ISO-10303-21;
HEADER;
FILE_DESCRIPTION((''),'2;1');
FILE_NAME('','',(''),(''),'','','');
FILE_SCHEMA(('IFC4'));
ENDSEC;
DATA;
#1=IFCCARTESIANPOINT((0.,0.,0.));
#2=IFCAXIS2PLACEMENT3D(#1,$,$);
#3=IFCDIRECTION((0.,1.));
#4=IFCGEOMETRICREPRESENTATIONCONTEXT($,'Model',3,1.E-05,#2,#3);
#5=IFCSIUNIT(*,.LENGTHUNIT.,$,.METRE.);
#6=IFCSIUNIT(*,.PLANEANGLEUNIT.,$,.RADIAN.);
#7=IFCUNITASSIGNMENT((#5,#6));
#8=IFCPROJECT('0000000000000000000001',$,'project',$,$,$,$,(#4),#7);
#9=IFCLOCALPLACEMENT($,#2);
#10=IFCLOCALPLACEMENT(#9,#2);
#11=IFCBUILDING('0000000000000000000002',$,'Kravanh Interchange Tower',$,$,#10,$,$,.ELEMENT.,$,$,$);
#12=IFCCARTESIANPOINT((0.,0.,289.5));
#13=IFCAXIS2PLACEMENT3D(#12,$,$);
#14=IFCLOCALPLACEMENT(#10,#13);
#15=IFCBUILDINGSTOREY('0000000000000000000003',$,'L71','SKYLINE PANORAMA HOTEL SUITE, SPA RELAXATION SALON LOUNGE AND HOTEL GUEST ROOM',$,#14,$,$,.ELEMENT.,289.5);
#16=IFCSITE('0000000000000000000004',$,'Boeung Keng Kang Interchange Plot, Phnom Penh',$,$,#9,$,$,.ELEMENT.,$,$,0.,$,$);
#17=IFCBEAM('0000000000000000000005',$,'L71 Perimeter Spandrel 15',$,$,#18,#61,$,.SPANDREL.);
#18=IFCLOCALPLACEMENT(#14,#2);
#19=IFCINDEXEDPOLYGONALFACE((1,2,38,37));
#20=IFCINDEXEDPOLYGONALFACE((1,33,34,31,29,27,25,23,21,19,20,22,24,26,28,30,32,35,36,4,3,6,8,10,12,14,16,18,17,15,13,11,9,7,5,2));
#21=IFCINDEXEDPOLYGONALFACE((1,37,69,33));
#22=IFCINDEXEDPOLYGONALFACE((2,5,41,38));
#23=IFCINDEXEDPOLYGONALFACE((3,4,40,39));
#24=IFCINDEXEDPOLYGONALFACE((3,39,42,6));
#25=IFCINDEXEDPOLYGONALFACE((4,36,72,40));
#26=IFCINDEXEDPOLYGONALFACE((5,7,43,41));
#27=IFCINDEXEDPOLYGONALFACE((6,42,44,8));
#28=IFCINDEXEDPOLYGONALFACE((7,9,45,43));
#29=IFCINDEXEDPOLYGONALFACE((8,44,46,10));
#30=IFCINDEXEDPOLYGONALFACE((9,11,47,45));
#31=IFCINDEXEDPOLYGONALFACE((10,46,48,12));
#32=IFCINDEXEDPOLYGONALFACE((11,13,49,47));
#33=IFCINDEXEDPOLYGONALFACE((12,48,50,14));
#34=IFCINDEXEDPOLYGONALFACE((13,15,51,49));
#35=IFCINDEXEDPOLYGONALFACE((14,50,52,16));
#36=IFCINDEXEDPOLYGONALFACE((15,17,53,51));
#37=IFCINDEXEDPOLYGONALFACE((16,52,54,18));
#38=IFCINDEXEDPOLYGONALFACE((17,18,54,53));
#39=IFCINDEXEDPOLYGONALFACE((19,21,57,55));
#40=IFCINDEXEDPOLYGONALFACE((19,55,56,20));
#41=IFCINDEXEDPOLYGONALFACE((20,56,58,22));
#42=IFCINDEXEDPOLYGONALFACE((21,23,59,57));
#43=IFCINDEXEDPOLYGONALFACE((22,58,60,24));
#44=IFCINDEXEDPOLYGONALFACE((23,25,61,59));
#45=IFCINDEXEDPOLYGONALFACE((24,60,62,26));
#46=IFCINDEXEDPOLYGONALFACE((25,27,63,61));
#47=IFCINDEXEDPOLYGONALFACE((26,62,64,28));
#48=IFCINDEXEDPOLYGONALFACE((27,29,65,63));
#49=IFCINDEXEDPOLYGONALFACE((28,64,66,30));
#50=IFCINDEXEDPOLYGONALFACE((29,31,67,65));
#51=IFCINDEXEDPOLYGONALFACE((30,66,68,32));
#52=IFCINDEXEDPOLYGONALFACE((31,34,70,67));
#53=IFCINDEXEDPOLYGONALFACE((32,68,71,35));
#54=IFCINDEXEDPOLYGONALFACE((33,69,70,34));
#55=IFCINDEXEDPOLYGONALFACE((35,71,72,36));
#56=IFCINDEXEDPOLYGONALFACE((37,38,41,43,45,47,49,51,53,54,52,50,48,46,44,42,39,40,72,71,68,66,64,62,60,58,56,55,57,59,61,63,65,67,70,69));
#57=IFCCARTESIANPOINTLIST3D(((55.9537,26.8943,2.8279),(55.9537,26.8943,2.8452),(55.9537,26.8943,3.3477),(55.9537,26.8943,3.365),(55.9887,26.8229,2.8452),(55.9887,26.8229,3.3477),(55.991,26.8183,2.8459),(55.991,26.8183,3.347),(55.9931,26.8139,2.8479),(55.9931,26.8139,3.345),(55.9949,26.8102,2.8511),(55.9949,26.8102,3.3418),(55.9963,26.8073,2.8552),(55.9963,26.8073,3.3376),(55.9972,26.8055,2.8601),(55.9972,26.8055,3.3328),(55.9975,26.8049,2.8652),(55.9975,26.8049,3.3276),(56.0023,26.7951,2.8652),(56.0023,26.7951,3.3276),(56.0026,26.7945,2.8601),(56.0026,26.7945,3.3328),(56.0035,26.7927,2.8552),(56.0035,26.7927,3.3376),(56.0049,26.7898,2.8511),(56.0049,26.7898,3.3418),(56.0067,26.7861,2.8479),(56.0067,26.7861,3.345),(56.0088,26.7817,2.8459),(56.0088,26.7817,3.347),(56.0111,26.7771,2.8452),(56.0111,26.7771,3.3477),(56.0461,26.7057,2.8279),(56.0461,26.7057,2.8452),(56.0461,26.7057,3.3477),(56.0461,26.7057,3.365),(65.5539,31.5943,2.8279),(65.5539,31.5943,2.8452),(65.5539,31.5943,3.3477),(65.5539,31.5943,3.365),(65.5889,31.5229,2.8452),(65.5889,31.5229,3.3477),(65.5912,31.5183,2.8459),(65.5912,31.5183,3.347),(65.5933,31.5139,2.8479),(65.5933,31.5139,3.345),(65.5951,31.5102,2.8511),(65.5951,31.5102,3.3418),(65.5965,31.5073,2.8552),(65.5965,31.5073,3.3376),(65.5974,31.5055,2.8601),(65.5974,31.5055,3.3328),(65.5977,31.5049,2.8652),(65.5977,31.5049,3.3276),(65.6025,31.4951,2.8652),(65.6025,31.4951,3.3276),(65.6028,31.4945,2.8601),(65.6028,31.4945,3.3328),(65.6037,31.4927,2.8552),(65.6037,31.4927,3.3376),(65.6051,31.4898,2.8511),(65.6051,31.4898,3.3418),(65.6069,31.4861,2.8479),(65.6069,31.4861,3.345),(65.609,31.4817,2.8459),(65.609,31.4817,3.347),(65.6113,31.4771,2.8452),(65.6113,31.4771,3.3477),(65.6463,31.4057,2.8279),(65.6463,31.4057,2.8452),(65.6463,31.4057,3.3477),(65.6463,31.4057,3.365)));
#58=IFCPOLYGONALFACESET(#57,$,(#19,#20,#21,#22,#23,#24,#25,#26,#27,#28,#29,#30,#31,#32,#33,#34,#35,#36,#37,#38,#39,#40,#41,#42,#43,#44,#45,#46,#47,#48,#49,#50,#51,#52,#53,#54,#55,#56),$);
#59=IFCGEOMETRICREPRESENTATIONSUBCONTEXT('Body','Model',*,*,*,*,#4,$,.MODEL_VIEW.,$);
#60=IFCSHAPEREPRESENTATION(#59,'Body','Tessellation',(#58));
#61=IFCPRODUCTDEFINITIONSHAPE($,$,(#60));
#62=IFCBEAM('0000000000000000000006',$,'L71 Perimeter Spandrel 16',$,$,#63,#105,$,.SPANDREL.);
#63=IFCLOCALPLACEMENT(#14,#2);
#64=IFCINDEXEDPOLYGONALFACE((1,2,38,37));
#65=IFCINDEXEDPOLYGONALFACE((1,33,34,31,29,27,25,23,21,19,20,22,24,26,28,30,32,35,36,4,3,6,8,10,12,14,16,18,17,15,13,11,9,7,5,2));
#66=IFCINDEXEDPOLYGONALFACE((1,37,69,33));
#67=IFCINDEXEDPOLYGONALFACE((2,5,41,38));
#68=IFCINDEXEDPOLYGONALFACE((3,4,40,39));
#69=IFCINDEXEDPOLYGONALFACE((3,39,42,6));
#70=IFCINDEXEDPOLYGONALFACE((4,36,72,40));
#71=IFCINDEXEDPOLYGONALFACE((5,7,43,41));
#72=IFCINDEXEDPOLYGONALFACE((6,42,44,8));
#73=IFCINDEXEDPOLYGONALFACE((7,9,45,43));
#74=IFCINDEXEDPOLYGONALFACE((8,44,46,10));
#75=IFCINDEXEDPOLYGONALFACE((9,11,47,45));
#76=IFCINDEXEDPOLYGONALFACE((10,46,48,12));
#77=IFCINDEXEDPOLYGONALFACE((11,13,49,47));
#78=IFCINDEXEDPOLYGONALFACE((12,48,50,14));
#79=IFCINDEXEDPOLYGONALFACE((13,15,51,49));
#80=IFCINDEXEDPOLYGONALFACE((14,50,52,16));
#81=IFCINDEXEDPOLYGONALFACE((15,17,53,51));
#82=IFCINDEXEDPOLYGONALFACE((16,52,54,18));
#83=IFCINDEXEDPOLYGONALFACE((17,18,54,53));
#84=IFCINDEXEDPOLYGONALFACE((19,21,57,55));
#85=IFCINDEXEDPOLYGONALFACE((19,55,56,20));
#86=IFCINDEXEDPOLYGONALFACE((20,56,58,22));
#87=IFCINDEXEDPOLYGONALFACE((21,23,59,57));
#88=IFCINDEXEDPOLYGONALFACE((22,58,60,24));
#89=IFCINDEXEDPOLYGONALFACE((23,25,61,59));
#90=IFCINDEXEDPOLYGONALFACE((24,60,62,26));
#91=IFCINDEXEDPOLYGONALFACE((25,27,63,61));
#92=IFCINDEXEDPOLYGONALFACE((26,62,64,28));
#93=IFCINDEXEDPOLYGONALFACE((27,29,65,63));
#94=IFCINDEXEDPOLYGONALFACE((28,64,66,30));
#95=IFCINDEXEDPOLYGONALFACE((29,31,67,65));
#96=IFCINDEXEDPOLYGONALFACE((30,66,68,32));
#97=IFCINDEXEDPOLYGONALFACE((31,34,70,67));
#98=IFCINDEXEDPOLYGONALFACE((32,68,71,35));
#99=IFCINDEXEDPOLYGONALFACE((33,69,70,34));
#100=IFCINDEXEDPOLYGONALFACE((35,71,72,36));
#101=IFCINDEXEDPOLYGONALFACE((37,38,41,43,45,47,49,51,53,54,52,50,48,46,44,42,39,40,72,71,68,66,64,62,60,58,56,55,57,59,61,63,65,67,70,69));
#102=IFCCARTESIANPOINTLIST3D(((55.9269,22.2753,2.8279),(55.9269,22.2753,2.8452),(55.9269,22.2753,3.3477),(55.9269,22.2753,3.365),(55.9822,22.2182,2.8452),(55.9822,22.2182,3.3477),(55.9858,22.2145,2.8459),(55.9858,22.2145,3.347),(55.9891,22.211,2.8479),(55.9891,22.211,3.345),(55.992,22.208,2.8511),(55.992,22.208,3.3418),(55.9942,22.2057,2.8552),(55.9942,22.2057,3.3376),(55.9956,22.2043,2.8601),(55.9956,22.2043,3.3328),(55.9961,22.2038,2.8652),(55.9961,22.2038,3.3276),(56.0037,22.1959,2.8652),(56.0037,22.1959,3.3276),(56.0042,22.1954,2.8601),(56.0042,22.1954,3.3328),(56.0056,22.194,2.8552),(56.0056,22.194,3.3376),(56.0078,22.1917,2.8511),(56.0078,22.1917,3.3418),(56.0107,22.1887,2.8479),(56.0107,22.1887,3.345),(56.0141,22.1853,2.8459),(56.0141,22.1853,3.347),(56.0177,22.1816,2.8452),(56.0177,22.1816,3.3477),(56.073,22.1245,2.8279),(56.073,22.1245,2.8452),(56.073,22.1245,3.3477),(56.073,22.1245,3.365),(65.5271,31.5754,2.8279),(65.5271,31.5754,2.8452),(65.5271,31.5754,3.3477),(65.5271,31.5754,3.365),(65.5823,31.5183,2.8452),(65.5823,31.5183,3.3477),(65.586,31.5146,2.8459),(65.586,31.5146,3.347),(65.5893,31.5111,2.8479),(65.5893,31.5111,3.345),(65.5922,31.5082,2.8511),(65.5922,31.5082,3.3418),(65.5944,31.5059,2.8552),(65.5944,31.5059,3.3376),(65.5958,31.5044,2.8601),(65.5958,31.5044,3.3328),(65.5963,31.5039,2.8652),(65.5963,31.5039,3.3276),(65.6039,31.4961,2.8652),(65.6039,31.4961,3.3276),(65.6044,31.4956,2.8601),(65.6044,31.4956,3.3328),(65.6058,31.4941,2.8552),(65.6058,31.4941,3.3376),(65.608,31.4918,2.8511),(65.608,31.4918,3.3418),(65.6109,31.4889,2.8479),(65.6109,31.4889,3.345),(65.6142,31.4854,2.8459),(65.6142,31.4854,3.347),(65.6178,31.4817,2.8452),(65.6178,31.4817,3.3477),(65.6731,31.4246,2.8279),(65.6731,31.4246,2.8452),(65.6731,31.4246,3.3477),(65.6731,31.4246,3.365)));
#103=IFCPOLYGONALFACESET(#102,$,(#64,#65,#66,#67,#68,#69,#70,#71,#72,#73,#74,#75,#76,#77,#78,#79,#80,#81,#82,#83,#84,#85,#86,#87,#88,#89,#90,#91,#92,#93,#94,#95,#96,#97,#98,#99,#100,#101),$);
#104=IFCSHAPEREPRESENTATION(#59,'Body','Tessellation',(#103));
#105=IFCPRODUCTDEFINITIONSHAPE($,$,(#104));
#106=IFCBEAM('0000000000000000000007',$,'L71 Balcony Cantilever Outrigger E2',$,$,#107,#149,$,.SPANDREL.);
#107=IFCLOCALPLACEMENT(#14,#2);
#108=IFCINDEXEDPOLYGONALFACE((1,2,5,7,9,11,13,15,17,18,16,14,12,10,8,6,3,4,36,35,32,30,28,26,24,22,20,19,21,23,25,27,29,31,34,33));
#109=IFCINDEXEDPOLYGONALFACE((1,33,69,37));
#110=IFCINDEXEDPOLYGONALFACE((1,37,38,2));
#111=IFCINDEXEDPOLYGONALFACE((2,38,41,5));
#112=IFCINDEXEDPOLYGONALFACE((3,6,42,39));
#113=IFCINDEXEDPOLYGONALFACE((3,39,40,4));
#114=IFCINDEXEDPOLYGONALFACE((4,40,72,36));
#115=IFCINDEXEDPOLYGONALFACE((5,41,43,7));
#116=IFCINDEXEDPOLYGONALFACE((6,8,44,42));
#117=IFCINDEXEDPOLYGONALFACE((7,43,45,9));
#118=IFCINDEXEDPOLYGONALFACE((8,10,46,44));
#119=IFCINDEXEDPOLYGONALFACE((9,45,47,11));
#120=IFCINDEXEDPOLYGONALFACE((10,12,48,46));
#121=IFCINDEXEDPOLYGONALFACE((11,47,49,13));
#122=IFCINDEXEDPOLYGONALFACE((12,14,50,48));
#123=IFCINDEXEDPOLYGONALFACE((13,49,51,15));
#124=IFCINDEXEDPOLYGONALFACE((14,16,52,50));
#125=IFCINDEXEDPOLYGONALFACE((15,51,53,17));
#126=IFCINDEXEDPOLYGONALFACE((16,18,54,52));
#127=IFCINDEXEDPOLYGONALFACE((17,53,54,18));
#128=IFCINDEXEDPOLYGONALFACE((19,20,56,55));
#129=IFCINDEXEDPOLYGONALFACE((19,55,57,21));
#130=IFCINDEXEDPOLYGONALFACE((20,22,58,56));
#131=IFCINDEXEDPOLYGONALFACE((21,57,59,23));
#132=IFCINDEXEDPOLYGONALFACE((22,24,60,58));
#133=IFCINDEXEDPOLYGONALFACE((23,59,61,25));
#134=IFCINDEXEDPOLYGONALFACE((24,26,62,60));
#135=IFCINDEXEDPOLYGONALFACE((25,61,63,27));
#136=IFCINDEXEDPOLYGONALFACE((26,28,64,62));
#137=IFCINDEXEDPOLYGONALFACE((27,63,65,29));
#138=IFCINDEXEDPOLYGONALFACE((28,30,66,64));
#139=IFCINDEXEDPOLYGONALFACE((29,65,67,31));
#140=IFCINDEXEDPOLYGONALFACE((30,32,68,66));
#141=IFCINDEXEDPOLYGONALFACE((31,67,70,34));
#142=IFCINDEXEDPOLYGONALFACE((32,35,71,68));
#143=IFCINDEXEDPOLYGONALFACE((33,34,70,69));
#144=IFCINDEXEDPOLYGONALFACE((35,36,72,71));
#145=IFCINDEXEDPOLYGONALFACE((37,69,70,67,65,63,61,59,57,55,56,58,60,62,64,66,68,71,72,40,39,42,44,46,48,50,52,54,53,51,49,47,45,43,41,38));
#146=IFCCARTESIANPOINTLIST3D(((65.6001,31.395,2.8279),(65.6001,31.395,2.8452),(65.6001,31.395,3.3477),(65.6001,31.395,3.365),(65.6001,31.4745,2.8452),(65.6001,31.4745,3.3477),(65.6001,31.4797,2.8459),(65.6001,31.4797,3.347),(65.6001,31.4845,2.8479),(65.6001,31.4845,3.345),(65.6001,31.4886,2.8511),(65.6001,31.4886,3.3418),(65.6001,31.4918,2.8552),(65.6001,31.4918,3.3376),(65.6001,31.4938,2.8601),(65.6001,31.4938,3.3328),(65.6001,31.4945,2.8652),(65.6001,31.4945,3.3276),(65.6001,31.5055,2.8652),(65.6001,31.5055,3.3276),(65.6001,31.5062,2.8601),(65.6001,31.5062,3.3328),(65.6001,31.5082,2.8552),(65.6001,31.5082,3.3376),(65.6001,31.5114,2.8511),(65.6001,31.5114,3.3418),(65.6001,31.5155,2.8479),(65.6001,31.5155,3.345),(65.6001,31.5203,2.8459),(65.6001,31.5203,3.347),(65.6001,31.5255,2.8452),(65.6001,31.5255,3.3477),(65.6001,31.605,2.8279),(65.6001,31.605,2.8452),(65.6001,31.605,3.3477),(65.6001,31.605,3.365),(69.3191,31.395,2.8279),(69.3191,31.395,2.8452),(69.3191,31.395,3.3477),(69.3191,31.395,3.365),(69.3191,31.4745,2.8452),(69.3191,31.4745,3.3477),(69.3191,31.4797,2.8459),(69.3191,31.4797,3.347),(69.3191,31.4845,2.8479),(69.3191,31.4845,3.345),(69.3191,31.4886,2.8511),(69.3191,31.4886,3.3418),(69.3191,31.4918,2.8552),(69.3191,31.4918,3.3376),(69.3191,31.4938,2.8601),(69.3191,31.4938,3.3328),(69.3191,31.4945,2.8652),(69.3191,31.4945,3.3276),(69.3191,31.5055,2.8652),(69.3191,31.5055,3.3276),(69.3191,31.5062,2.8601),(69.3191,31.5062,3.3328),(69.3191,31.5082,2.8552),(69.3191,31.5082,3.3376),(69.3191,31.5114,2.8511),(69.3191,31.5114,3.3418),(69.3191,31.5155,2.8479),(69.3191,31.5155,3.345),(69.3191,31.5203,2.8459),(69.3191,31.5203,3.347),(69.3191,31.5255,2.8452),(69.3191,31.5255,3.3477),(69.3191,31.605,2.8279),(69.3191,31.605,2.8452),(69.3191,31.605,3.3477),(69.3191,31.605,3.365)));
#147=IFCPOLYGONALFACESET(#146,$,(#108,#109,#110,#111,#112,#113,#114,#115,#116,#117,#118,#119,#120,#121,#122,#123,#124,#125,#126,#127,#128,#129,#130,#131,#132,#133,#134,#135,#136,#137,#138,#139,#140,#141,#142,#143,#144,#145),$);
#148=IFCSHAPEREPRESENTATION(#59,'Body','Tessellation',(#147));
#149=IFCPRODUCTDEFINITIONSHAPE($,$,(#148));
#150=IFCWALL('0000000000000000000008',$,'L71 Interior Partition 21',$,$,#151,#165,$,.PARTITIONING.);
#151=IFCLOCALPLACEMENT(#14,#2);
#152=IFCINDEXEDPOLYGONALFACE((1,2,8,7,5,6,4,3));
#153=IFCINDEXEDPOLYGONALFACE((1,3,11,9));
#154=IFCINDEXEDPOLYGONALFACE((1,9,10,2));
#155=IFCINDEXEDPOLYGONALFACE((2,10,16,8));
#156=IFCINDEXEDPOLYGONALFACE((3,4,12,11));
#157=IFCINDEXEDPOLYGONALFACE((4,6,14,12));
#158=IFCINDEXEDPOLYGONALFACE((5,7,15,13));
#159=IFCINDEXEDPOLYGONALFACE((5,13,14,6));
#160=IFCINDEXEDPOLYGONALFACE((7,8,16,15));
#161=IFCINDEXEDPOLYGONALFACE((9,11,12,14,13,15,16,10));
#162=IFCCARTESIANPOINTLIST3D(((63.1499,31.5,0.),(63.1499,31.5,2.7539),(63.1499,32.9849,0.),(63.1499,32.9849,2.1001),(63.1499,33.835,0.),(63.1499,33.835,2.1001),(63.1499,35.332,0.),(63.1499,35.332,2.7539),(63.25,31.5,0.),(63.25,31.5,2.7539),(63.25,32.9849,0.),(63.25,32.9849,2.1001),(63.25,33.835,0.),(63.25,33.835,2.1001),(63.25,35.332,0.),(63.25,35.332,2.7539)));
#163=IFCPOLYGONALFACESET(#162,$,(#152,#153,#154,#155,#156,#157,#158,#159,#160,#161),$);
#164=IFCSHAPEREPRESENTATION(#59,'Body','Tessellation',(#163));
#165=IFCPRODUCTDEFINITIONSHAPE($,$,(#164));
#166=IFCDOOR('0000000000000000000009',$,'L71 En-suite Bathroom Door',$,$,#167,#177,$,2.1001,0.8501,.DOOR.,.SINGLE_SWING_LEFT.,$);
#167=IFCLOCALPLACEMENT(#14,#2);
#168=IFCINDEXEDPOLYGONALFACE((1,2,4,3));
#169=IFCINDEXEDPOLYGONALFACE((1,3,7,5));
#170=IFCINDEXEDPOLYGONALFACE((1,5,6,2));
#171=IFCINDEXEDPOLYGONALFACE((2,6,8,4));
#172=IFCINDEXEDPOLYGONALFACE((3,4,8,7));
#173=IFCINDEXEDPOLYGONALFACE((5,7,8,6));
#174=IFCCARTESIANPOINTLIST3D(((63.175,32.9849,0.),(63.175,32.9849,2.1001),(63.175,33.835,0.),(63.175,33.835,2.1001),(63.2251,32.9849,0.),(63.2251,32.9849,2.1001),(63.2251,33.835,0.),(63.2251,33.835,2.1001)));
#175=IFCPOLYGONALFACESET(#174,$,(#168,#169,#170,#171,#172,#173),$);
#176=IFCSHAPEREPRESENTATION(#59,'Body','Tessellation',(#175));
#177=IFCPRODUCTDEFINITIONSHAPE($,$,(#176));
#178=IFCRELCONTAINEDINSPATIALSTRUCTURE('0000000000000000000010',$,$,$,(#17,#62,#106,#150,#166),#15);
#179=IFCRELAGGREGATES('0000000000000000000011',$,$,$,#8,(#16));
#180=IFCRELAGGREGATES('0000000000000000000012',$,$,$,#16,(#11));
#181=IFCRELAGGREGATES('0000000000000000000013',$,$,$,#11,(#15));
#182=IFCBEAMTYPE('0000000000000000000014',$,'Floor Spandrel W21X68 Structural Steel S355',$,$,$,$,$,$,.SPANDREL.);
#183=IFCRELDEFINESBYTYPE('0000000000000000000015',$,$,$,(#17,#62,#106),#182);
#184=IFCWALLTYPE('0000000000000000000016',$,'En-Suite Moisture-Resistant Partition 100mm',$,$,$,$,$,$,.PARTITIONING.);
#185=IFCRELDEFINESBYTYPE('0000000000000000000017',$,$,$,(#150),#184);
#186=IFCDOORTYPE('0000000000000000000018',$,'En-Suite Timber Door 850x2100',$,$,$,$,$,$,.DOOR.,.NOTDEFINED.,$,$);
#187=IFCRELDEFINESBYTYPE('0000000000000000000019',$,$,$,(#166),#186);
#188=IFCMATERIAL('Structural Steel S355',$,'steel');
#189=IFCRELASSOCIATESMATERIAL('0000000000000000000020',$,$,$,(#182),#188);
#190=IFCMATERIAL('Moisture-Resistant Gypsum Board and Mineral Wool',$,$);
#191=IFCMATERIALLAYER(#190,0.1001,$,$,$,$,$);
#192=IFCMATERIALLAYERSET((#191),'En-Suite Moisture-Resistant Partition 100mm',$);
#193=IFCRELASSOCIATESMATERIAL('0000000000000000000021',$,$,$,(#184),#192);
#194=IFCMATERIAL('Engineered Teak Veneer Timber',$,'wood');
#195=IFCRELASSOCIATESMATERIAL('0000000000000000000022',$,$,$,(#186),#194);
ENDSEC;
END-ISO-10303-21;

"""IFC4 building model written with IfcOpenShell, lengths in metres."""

from ifc_helpers import new_model, si_unit, direction, frame, frame_2d, origin, origin_2d, place, context, subcontext, project, spatial, rectangle, i_section, extrude, material, layer, layer_set, material_profile, profile_set, type_object, element, fill, save


model = new_model("IFC4")

# Units and contexts
model_context = context("Model", 3, precision=1e-05, world=origin(), true_north=direction((0.0, 1.0)))
body_context = subcontext(model_context, "Body", "Model", "MODEL_VIEW")
ifc_project = project(units=[si_unit("LENGTHUNIT", "METRE"), si_unit("PLANEANGLEUNIT", "RADIAN")], contexts=[model_context])

# Site, building, storey
site_placement = place(None, origin())
site = spatial("IfcSite", under=ifc_project, at=site_placement, Name="Boeung Keng Kang Interchange Plot, Phnom Penh", CompositionType="ELEMENT", RefElevation=0.0)
building_placement = place(site_placement, origin())
building = spatial("IfcBuilding", under=site, at=building_placement, Name="Kravanh Interchange Tower", CompositionType="ELEMENT")
storey_placement = place(building_placement, frame((0.0, 0.0, 289.5)))
storey = spatial("IfcBuildingStorey", under=building, at=storey_placement, Name="L71", Description="SKYLINE PANORAMA HOTEL SUITE, SPA RELAXATION SALON LOUNGE AND HOTEL GUEST ROOM", CompositionType="ELEMENT", Elevation=289.5)

# Beams
ifc_material_1 = material(Name="Structural Steel S355", Category="steel")
ifc_material_profile_1 = material_profile(ifc_material_1, i_section(OverallWidth=0.21, OverallDepth=0.5371, WebThickness=0.011, FlangeThickness=0.0173, FilletRadius=0.02, at=origin_2d()), Name="W21X68")
ifc_profile_set_1 = profile_set([ifc_material_profile_1], Name="Structural Steel S355")
beam_type_1 = type_object("IfcBeamType", Name="Floor Spandrel W21X68 Structural Steel S355", PredefinedType="SPANDREL", material=ifc_profile_set_1)
beam_1_placement = place(storey_placement, frame((65.6001, 31.5, 3.0964), z_axis=(-0.898142, -0.439706, 0.0), x_axis=(0.439706, -0.898142, 0.0)))
element("IfcBeam", 1, at=beam_1_placement, inside=storey, type_object=beam_type_1, Name="L71 Perimeter Spandrel 15", PredefinedType="SPANDREL", context=body_context, shape_type="SweptSolid", body=[
    extrude(i_section(OverallWidth=0.21, OverallDepth=0.5371, WebThickness=0.011, FlangeThickness=0.0173, FilletRadius=0.02, at=origin_2d()), origin(), (0.0, 0.0, 1.0), 10.689),
])
beam_2_placement = place(storey_placement, frame((65.6001, 31.5, 3.0964), z_axis=(-0.718242, -0.695793, 0.0), x_axis=(0.695793, -0.718242, 0.0)))
element("IfcBeam", 2, at=beam_2_placement, inside=storey, type_object=beam_type_1, Name="L71 Perimeter Spandrel 16", PredefinedType="SPANDREL", context=body_context, shape_type="SweptSolid", body=[
    extrude(i_section(OverallWidth=0.21, OverallDepth=0.5371, WebThickness=0.011, FlangeThickness=0.0173, FilletRadius=0.02, at=origin_2d()), origin(), (0.0, 0.0, 1.0), 13.3662),
])
beam_3_placement = place(storey_placement, frame((65.6001, 31.5, 3.0964), z_axis=(1.0, 0.0, 0.0), x_axis=(0.0, 1.0, 0.0)))
element("IfcBeam", 3, at=beam_3_placement, inside=storey, type_object=beam_type_1, Name="L71 Balcony Cantilever Outrigger E2", PredefinedType="SPANDREL", context=body_context, shape_type="SweptSolid", body=[
    extrude(i_section(OverallWidth=0.21, OverallDepth=0.5371, WebThickness=0.011, FlangeThickness=0.0173, FilletRadius=0.02, at=origin_2d()), origin(), (0.0, 0.0, 1.0), 3.719),
])

# Wall, opening, door
ifc_material_2 = material(Name="Moisture-Resistant Gypsum Board and Mineral Wool")
ifc_layer_1 = layer(ifc_material_2, 0.1001)
ifc_layer_set_1 = layer_set([ifc_layer_1], Name="En-Suite Moisture-Resistant Partition 100mm")
wall_type_1 = type_object("IfcWallType", Name="En-Suite Moisture-Resistant Partition 100mm", PredefinedType="PARTITIONING", material=ifc_layer_set_1)
wall_1_placement = place(storey_placement, frame((63.2, 31.5, 0.0), z_axis=(0.0, 0.0, 1.0), x_axis=(0.0, 1.0, 0.0)))
wall_1 = element("IfcWall", 4, at=wall_1_placement, inside=storey, type_object=wall_type_1, Name="L71 Interior Partition 21", PredefinedType="PARTITIONING", context=body_context, shape_type="SweptSolid", body=[
    extrude(rectangle(XDim=3.832, YDim=0.1001, at=frame_2d((1.916, 0.0))), origin(), (0.0, 0.0, 1.0), 2.7539),
])
opening_1_placement = place(wall_1_placement, frame((1.4849, 0.0, 0.0)))
opening_1 = element("IfcOpeningElement", 5, at=opening_1_placement, cuts=wall_1, PredefinedType="OPENING", context=body_context, shape_type="SweptSolid", body=[
    extrude(rectangle(XDim=0.8501, YDim=2.1001, at=frame_2d((0.425, 1.05))), frame((0.0, 0.0601, 0.0), z_axis=(0.0, -1.0, 0.0), x_axis=(1.0, 0.0, 0.0)), (0.0, 0.0, 1.0), 0.1201),
])
ifc_material_3 = material(Name="Engineered Teak Veneer Timber", Category="wood")
door_type_1 = type_object("IfcDoorType", Name="En-Suite Timber Door 850x2100", OperationType="NOTDEFINED", PredefinedType="DOOR", material=ifc_material_3)
door_1_placement = place(opening_1_placement, origin())
door_1 = element("IfcDoor", 6, at=door_1_placement, inside=storey, type_object=door_type_1, Name="L71 En-suite Bathroom Door", OperationType="SINGLE_SWING_LEFT", OverallHeight=2.1001, OverallWidth=0.8501, PredefinedType="DOOR", context=body_context, shape_type="SweptSolid", body=[
    extrude(rectangle(XDim=0.8501, YDim=2.1001, at=frame_2d((0.425, 1.05))), frame((0.0, 0.0249, 0.0), z_axis=(0.0, -1.0, 0.0), x_axis=(1.0, 0.0, 0.0)), (0.0, 0.0, 1.0), 0.05),
])
fill(opening_1, door_1)

save(model, "model.ifc")
